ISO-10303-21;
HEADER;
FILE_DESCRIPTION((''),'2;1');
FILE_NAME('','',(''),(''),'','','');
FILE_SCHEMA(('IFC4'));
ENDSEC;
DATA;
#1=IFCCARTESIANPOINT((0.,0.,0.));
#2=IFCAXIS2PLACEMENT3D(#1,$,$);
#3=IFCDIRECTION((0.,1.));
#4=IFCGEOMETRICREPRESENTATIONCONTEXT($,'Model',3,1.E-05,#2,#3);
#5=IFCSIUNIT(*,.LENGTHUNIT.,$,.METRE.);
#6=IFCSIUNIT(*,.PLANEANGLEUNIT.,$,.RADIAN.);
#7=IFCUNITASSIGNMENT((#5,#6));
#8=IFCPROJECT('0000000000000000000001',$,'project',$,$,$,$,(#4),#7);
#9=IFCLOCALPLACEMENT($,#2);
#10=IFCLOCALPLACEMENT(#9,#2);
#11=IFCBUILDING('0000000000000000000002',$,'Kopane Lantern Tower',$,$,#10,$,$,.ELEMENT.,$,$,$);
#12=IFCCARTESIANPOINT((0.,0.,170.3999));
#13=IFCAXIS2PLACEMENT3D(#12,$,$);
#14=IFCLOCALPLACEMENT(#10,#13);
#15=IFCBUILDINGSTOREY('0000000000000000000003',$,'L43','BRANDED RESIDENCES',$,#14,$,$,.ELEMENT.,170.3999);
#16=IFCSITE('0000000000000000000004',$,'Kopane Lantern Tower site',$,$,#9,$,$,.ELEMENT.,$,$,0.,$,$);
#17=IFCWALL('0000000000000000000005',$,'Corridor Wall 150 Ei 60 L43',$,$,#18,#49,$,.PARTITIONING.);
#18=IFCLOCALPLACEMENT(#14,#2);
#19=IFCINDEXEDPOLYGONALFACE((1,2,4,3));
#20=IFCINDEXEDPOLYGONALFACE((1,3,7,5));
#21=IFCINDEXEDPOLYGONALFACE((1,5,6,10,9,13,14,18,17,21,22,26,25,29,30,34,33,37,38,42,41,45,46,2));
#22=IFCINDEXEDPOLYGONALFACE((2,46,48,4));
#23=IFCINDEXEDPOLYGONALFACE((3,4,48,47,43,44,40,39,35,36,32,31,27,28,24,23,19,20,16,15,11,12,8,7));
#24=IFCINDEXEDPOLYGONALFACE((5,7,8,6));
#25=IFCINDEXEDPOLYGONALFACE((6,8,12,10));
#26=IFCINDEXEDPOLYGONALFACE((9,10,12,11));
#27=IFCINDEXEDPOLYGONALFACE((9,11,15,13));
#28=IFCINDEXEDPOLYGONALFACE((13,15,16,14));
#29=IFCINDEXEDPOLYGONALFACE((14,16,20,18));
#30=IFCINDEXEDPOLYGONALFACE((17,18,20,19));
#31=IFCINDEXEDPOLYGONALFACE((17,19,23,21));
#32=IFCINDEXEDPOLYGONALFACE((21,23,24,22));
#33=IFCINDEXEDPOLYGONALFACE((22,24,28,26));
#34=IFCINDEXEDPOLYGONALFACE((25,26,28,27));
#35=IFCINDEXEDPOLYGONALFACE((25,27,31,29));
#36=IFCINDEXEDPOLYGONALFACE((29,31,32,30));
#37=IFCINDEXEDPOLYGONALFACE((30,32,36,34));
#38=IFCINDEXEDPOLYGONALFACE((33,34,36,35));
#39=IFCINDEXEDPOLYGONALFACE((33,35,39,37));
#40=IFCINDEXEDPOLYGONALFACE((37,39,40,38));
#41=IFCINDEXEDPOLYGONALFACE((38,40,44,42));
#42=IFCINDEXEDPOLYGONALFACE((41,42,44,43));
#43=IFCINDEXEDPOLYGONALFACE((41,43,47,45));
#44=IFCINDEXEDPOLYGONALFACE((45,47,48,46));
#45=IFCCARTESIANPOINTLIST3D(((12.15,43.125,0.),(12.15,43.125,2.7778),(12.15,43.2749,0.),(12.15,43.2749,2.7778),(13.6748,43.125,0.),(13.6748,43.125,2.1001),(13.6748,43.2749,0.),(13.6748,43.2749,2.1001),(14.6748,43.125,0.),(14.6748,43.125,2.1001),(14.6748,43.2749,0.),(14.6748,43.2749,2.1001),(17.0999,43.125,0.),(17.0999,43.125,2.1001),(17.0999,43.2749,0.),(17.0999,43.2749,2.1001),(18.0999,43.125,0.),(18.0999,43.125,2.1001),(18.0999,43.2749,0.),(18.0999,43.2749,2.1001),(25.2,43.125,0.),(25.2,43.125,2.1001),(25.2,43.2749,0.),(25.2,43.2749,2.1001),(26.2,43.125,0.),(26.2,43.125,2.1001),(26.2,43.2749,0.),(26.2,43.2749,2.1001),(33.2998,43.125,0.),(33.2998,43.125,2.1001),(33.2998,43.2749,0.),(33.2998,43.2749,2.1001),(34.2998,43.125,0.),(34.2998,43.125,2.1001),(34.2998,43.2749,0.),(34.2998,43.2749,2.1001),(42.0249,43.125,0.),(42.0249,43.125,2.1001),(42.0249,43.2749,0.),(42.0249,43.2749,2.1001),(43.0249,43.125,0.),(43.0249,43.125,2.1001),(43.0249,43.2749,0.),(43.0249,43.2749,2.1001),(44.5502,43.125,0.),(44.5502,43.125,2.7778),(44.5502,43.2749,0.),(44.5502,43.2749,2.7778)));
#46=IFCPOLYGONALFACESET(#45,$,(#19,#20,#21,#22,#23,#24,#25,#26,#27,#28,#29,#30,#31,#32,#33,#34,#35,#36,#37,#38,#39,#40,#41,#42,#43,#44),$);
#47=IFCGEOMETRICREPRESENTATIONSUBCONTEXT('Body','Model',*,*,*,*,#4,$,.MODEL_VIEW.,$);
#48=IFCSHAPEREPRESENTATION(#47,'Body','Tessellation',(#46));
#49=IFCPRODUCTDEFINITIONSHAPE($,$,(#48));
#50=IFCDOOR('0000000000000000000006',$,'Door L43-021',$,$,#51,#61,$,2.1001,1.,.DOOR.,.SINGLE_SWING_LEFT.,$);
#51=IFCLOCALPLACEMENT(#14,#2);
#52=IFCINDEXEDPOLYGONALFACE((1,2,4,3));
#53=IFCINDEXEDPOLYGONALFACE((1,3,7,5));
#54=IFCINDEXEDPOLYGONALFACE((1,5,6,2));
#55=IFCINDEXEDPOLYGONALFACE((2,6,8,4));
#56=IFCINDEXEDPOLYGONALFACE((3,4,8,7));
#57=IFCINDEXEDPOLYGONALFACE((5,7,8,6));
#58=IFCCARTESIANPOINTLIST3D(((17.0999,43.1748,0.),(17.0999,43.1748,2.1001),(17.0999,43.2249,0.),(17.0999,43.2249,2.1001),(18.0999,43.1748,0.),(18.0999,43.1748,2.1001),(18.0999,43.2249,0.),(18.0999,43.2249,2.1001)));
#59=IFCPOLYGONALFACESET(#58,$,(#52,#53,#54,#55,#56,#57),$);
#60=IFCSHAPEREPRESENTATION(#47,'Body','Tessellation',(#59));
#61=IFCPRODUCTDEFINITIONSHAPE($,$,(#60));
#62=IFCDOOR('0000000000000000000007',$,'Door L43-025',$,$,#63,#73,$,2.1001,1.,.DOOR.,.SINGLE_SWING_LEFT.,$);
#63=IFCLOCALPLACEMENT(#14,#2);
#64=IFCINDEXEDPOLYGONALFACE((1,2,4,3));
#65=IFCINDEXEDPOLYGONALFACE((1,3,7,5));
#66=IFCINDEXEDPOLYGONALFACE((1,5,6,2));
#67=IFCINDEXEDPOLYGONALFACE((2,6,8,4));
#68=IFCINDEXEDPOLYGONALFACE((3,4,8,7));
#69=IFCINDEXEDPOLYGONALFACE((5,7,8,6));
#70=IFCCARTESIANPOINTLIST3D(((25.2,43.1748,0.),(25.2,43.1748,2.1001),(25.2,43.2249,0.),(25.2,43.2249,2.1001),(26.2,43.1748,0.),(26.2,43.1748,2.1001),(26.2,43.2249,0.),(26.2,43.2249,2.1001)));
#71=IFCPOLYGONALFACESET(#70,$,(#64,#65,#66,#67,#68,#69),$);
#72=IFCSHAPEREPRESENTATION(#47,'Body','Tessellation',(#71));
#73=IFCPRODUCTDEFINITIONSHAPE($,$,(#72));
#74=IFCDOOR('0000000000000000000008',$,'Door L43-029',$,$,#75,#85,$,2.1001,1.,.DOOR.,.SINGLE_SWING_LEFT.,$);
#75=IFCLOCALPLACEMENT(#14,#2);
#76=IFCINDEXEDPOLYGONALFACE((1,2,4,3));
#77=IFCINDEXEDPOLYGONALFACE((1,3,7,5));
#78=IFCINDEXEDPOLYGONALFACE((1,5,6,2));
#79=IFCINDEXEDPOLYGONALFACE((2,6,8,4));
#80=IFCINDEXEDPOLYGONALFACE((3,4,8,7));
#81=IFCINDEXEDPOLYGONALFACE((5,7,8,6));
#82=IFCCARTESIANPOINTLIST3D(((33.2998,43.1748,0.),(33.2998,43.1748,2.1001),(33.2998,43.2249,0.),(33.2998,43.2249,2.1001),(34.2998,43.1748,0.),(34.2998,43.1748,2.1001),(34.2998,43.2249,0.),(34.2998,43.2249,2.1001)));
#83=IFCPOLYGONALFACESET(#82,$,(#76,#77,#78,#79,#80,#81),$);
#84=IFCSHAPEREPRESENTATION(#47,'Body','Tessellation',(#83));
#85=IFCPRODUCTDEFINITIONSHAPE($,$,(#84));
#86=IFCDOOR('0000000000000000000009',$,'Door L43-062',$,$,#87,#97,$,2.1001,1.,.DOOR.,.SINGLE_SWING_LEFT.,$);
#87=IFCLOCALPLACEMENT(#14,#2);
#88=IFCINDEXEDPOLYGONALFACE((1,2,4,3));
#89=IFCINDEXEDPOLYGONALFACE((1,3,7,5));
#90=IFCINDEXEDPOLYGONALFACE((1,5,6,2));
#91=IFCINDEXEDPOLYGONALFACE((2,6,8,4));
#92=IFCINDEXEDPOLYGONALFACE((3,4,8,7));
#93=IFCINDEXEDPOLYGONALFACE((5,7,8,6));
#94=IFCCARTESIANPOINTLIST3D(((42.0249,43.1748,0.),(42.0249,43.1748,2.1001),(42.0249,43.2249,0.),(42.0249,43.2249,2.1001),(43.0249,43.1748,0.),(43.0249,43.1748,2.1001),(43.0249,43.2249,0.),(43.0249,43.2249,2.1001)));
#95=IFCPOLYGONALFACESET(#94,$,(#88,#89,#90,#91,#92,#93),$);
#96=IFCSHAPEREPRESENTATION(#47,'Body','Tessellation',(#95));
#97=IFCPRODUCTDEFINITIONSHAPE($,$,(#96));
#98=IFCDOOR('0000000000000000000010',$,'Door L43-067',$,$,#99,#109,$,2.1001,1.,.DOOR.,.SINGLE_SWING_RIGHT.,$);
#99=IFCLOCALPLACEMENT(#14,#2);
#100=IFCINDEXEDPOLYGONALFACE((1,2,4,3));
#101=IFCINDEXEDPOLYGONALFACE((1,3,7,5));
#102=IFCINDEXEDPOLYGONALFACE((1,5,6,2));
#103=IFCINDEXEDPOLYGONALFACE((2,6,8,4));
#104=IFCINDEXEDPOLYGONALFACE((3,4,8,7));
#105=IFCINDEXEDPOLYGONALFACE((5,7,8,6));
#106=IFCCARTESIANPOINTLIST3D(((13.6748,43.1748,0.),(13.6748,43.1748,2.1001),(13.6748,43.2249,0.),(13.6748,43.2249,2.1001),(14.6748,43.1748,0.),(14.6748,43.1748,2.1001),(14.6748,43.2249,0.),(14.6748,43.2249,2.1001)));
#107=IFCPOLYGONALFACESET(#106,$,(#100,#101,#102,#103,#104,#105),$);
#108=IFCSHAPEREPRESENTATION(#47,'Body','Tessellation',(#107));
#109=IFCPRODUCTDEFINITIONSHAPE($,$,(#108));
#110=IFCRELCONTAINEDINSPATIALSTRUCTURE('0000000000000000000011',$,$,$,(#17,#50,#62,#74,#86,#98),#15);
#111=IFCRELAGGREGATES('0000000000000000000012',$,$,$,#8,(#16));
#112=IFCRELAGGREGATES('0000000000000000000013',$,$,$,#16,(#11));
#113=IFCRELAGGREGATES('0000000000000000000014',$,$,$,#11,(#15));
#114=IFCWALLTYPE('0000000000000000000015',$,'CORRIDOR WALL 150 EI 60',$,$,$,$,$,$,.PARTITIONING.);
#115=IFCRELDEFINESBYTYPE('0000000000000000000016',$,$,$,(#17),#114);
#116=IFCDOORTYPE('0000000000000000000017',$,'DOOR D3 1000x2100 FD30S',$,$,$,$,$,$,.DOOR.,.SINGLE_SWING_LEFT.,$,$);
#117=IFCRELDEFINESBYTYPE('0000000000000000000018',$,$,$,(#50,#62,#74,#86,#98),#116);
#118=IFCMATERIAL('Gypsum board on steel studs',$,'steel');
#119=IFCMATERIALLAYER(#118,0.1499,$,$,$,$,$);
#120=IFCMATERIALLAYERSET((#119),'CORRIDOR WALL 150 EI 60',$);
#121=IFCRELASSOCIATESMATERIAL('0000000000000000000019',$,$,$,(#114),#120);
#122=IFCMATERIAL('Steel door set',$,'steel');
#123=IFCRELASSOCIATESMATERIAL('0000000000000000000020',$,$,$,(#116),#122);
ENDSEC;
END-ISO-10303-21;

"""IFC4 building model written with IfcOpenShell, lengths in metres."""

from ifc_helpers import new_model, si_unit, direction, frame, frame_2d, origin, place, context, subcontext, project, spatial, rectangle, extrude, material, layer, layer_set, type_object, element, fill, save


model = new_model("IFC4")

# Units and contexts
model_context = context("Model", 3, precision=1e-05, world=origin(), true_north=direction((0.0, 1.0)))
body_context = subcontext(model_context, "Body", "Model", "MODEL_VIEW")
ifc_project = project(units=[si_unit("LENGTHUNIT", "METRE"), si_unit("PLANEANGLEUNIT", "RADIAN")], contexts=[model_context])

# Site, building, storey
site_placement = place(None, origin())
site = spatial("IfcSite", under=ifc_project, at=site_placement, Name="Kopane Lantern Tower site", CompositionType="ELEMENT", RefElevation=0.0)
building_placement = place(site_placement, origin())
building = spatial("IfcBuilding", under=site, at=building_placement, Name="Kopane Lantern Tower", CompositionType="ELEMENT")
storey_placement = place(building_placement, frame((0.0, 0.0, 170.3999)))
storey = spatial("IfcBuildingStorey", under=building, at=storey_placement, Name="L43", Description="BRANDED RESIDENCES", CompositionType="ELEMENT", Elevation=170.3999)

# Wall, openings, doors
ifc_material_1 = material(Name="Gypsum board on steel studs", Category="steel")
ifc_layer_1 = layer(ifc_material_1, 0.1499)
ifc_layer_set_1 = layer_set([ifc_layer_1], Name="CORRIDOR WALL 150 EI 60")
wall_type_1 = type_object("IfcWallType", Name="CORRIDOR WALL 150 EI 60", PredefinedType="PARTITIONING", material=ifc_layer_set_1)
wall_1_placement = place(storey_placement, frame((12.1499, 43.2, 0.0), z_axis=(0.0, 0.0, 1.0), x_axis=(1.0, 0.0, 0.0)))
wall_1 = element("IfcWall", 1, at=wall_1_placement, inside=storey, type_object=wall_type_1, Name="Corridor Wall 150 Ei 60 L43", PredefinedType="PARTITIONING", context=body_context, shape_type="SweptSolid", body=[
    extrude(rectangle(XDim=32.4001, YDim=0.1499, at=frame_2d((16.2002, 0.0))), origin(), (0.0, 0.0, 1.0), 2.7778),
])
opening_1_placement = place(wall_1_placement, frame((4.95, 0.0, 0.0)))
opening_1 = element("IfcOpeningElement", 2, at=opening_1_placement, cuts=wall_1, PredefinedType="OPENING", context=body_context, shape_type="SweptSolid", body=[
    extrude(rectangle(XDim=1.0, YDim=2.1001, at=frame_2d((0.5, 1.05))), frame((0.0, 0.085, 0.0), z_axis=(0.0, -1.0, 0.0), x_axis=(1.0, 0.0, 0.0)), (0.0, 0.0, 1.0), 0.1699),
])
opening_2_placement = place(wall_1_placement, frame((13.05, 0.0, 0.0)))
opening_2 = element("IfcOpeningElement", 3, at=opening_2_placement, cuts=wall_1, PredefinedType="OPENING", context=body_context, shape_type="SweptSolid", body=[
    extrude(rectangle(XDim=1.0, YDim=2.1001, at=frame_2d((0.5, 1.05))), frame((0.0, 0.085, 0.0), z_axis=(0.0, -1.0, 0.0), x_axis=(1.0, 0.0, 0.0)), (0.0, 0.0, 1.0), 0.1699),
])
opening_3_placement = place(wall_1_placement, frame((21.1499, 0.0, 0.0)))
opening_3 = element("IfcOpeningElement", 4, at=opening_3_placement, cuts=wall_1, PredefinedType="OPENING", context=body_context, shape_type="SweptSolid", body=[
    extrude(rectangle(XDim=1.0, YDim=2.1001, at=frame_2d((0.5, 1.05))), frame((0.0, 0.085, 0.0), z_axis=(0.0, -1.0, 0.0), x_axis=(1.0, 0.0, 0.0)), (0.0, 0.0, 1.0), 0.1699),
])
opening_4_placement = place(wall_1_placement, frame((29.875, 0.0, 0.0)))
opening_4 = element("IfcOpeningElement", 5, at=opening_4_placement, cuts=wall_1, PredefinedType="OPENING", context=body_context, shape_type="SweptSolid", body=[
    extrude(rectangle(XDim=1.0, YDim=2.1001, at=frame_2d((0.5, 1.05))), frame((0.0, 0.085, 0.0), z_axis=(0.0, -1.0, 0.0), x_axis=(1.0, 0.0, 0.0)), (0.0, 0.0, 1.0), 0.1699),
])
opening_5_placement = place(wall_1_placement, frame((1.5249, 0.0, 0.0)))
opening_5 = element("IfcOpeningElement", 6, at=opening_5_placement, cuts=wall_1, PredefinedType="OPENING", context=body_context, shape_type="SweptSolid", body=[
    extrude(rectangle(XDim=1.0, YDim=2.1001, at=frame_2d((0.5, 1.05))), frame((0.0, 0.085, 0.0), z_axis=(0.0, -1.0, 0.0), x_axis=(1.0, 0.0, 0.0)), (0.0, 0.0, 1.0), 0.1699),
])
ifc_material_2 = material(Name="Steel door set", Category="steel")
door_type_1 = type_object("IfcDoorType", Name="DOOR D3 1000x2100 FD30S", OperationType="SINGLE_SWING_LEFT", PredefinedType="DOOR", material=ifc_material_2)
door_1_placement = place(opening_1_placement, origin())
door_1 = element("IfcDoor", 7, at=door_1_placement, inside=storey, type_object=door_type_1, Name="Door L43-021", OperationType="SINGLE_SWING_LEFT", OverallHeight=2.1001, OverallWidth=1.0, PredefinedType="DOOR", context=body_context, shape_type="SweptSolid", body=[
    extrude(rectangle(XDim=1.0, YDim=2.1001, at=frame_2d((0.5, 1.05))), frame((0.0, 0.0249, 0.0), z_axis=(0.0, -1.0, 0.0), x_axis=(1.0, 0.0, 0.0)), (0.0, 0.0, 1.0), 0.05),
])
fill(opening_1, door_1)
door_2_placement = place(opening_2_placement, origin())
door_2 = element("IfcDoor", 8, at=door_2_placement, inside=storey, type_object=door_type_1, Name="Door L43-025", OperationType="SINGLE_SWING_LEFT", OverallHeight=2.1001, OverallWidth=1.0, PredefinedType="DOOR", context=body_context, shape_type="SweptSolid", body=[
    extrude(rectangle(XDim=1.0, YDim=2.1001, at=frame_2d((0.5, 1.05))), frame((0.0, 0.0249, 0.0), z_axis=(0.0, -1.0, 0.0), x_axis=(1.0, 0.0, 0.0)), (0.0, 0.0, 1.0), 0.05),
])
fill(opening_2, door_2)
door_3_placement = place(opening_3_placement, origin())
door_3 = element("IfcDoor", 9, at=door_3_placement, inside=storey, type_object=door_type_1, Name="Door L43-029", OperationType="SINGLE_SWING_LEFT", OverallHeight=2.1001, OverallWidth=1.0, PredefinedType="DOOR", context=body_context, shape_type="SweptSolid", body=[
    extrude(rectangle(XDim=1.0, YDim=2.1001, at=frame_2d((0.5, 1.05))), frame((0.0, 0.0249, 0.0), z_axis=(0.0, -1.0, 0.0), x_axis=(1.0, 0.0, 0.0)), (0.0, 0.0, 1.0), 0.05),
])
fill(opening_3, door_3)
door_4_placement = place(opening_4_placement, origin())
door_4 = element("IfcDoor", 10, at=door_4_placement, inside=storey, type_object=door_type_1, Name="Door L43-062", OperationType="SINGLE_SWING_LEFT", OverallHeight=2.1001, OverallWidth=1.0, PredefinedType="DOOR", context=body_context, shape_type="SweptSolid", body=[
    extrude(rectangle(XDim=1.0, YDim=2.1001, at=frame_2d((0.5, 1.05))), frame((0.0, 0.0249, 0.0), z_axis=(0.0, -1.0, 0.0), x_axis=(1.0, 0.0, 0.0)), (0.0, 0.0, 1.0), 0.05),
])
fill(opening_4, door_4)
door_5_placement = place(opening_5_placement, origin())
door_5 = element("IfcDoor", 11, at=door_5_placement, inside=storey, type_object=door_type_1, Name="Door L43-067", OperationType="SINGLE_SWING_RIGHT", OverallHeight=2.1001, OverallWidth=1.0, PredefinedType="DOOR", context=body_context, shape_type="SweptSolid", body=[
    extrude(rectangle(XDim=1.0, YDim=2.1001, at=frame_2d((0.5, 1.05))), frame((0.0, 0.0249, 0.0), z_axis=(0.0, -1.0, 0.0), x_axis=(1.0, 0.0, 0.0)), (0.0, 0.0, 1.0), 0.05),
])
fill(opening_5, door_5)

save(model, "model.ifc")
